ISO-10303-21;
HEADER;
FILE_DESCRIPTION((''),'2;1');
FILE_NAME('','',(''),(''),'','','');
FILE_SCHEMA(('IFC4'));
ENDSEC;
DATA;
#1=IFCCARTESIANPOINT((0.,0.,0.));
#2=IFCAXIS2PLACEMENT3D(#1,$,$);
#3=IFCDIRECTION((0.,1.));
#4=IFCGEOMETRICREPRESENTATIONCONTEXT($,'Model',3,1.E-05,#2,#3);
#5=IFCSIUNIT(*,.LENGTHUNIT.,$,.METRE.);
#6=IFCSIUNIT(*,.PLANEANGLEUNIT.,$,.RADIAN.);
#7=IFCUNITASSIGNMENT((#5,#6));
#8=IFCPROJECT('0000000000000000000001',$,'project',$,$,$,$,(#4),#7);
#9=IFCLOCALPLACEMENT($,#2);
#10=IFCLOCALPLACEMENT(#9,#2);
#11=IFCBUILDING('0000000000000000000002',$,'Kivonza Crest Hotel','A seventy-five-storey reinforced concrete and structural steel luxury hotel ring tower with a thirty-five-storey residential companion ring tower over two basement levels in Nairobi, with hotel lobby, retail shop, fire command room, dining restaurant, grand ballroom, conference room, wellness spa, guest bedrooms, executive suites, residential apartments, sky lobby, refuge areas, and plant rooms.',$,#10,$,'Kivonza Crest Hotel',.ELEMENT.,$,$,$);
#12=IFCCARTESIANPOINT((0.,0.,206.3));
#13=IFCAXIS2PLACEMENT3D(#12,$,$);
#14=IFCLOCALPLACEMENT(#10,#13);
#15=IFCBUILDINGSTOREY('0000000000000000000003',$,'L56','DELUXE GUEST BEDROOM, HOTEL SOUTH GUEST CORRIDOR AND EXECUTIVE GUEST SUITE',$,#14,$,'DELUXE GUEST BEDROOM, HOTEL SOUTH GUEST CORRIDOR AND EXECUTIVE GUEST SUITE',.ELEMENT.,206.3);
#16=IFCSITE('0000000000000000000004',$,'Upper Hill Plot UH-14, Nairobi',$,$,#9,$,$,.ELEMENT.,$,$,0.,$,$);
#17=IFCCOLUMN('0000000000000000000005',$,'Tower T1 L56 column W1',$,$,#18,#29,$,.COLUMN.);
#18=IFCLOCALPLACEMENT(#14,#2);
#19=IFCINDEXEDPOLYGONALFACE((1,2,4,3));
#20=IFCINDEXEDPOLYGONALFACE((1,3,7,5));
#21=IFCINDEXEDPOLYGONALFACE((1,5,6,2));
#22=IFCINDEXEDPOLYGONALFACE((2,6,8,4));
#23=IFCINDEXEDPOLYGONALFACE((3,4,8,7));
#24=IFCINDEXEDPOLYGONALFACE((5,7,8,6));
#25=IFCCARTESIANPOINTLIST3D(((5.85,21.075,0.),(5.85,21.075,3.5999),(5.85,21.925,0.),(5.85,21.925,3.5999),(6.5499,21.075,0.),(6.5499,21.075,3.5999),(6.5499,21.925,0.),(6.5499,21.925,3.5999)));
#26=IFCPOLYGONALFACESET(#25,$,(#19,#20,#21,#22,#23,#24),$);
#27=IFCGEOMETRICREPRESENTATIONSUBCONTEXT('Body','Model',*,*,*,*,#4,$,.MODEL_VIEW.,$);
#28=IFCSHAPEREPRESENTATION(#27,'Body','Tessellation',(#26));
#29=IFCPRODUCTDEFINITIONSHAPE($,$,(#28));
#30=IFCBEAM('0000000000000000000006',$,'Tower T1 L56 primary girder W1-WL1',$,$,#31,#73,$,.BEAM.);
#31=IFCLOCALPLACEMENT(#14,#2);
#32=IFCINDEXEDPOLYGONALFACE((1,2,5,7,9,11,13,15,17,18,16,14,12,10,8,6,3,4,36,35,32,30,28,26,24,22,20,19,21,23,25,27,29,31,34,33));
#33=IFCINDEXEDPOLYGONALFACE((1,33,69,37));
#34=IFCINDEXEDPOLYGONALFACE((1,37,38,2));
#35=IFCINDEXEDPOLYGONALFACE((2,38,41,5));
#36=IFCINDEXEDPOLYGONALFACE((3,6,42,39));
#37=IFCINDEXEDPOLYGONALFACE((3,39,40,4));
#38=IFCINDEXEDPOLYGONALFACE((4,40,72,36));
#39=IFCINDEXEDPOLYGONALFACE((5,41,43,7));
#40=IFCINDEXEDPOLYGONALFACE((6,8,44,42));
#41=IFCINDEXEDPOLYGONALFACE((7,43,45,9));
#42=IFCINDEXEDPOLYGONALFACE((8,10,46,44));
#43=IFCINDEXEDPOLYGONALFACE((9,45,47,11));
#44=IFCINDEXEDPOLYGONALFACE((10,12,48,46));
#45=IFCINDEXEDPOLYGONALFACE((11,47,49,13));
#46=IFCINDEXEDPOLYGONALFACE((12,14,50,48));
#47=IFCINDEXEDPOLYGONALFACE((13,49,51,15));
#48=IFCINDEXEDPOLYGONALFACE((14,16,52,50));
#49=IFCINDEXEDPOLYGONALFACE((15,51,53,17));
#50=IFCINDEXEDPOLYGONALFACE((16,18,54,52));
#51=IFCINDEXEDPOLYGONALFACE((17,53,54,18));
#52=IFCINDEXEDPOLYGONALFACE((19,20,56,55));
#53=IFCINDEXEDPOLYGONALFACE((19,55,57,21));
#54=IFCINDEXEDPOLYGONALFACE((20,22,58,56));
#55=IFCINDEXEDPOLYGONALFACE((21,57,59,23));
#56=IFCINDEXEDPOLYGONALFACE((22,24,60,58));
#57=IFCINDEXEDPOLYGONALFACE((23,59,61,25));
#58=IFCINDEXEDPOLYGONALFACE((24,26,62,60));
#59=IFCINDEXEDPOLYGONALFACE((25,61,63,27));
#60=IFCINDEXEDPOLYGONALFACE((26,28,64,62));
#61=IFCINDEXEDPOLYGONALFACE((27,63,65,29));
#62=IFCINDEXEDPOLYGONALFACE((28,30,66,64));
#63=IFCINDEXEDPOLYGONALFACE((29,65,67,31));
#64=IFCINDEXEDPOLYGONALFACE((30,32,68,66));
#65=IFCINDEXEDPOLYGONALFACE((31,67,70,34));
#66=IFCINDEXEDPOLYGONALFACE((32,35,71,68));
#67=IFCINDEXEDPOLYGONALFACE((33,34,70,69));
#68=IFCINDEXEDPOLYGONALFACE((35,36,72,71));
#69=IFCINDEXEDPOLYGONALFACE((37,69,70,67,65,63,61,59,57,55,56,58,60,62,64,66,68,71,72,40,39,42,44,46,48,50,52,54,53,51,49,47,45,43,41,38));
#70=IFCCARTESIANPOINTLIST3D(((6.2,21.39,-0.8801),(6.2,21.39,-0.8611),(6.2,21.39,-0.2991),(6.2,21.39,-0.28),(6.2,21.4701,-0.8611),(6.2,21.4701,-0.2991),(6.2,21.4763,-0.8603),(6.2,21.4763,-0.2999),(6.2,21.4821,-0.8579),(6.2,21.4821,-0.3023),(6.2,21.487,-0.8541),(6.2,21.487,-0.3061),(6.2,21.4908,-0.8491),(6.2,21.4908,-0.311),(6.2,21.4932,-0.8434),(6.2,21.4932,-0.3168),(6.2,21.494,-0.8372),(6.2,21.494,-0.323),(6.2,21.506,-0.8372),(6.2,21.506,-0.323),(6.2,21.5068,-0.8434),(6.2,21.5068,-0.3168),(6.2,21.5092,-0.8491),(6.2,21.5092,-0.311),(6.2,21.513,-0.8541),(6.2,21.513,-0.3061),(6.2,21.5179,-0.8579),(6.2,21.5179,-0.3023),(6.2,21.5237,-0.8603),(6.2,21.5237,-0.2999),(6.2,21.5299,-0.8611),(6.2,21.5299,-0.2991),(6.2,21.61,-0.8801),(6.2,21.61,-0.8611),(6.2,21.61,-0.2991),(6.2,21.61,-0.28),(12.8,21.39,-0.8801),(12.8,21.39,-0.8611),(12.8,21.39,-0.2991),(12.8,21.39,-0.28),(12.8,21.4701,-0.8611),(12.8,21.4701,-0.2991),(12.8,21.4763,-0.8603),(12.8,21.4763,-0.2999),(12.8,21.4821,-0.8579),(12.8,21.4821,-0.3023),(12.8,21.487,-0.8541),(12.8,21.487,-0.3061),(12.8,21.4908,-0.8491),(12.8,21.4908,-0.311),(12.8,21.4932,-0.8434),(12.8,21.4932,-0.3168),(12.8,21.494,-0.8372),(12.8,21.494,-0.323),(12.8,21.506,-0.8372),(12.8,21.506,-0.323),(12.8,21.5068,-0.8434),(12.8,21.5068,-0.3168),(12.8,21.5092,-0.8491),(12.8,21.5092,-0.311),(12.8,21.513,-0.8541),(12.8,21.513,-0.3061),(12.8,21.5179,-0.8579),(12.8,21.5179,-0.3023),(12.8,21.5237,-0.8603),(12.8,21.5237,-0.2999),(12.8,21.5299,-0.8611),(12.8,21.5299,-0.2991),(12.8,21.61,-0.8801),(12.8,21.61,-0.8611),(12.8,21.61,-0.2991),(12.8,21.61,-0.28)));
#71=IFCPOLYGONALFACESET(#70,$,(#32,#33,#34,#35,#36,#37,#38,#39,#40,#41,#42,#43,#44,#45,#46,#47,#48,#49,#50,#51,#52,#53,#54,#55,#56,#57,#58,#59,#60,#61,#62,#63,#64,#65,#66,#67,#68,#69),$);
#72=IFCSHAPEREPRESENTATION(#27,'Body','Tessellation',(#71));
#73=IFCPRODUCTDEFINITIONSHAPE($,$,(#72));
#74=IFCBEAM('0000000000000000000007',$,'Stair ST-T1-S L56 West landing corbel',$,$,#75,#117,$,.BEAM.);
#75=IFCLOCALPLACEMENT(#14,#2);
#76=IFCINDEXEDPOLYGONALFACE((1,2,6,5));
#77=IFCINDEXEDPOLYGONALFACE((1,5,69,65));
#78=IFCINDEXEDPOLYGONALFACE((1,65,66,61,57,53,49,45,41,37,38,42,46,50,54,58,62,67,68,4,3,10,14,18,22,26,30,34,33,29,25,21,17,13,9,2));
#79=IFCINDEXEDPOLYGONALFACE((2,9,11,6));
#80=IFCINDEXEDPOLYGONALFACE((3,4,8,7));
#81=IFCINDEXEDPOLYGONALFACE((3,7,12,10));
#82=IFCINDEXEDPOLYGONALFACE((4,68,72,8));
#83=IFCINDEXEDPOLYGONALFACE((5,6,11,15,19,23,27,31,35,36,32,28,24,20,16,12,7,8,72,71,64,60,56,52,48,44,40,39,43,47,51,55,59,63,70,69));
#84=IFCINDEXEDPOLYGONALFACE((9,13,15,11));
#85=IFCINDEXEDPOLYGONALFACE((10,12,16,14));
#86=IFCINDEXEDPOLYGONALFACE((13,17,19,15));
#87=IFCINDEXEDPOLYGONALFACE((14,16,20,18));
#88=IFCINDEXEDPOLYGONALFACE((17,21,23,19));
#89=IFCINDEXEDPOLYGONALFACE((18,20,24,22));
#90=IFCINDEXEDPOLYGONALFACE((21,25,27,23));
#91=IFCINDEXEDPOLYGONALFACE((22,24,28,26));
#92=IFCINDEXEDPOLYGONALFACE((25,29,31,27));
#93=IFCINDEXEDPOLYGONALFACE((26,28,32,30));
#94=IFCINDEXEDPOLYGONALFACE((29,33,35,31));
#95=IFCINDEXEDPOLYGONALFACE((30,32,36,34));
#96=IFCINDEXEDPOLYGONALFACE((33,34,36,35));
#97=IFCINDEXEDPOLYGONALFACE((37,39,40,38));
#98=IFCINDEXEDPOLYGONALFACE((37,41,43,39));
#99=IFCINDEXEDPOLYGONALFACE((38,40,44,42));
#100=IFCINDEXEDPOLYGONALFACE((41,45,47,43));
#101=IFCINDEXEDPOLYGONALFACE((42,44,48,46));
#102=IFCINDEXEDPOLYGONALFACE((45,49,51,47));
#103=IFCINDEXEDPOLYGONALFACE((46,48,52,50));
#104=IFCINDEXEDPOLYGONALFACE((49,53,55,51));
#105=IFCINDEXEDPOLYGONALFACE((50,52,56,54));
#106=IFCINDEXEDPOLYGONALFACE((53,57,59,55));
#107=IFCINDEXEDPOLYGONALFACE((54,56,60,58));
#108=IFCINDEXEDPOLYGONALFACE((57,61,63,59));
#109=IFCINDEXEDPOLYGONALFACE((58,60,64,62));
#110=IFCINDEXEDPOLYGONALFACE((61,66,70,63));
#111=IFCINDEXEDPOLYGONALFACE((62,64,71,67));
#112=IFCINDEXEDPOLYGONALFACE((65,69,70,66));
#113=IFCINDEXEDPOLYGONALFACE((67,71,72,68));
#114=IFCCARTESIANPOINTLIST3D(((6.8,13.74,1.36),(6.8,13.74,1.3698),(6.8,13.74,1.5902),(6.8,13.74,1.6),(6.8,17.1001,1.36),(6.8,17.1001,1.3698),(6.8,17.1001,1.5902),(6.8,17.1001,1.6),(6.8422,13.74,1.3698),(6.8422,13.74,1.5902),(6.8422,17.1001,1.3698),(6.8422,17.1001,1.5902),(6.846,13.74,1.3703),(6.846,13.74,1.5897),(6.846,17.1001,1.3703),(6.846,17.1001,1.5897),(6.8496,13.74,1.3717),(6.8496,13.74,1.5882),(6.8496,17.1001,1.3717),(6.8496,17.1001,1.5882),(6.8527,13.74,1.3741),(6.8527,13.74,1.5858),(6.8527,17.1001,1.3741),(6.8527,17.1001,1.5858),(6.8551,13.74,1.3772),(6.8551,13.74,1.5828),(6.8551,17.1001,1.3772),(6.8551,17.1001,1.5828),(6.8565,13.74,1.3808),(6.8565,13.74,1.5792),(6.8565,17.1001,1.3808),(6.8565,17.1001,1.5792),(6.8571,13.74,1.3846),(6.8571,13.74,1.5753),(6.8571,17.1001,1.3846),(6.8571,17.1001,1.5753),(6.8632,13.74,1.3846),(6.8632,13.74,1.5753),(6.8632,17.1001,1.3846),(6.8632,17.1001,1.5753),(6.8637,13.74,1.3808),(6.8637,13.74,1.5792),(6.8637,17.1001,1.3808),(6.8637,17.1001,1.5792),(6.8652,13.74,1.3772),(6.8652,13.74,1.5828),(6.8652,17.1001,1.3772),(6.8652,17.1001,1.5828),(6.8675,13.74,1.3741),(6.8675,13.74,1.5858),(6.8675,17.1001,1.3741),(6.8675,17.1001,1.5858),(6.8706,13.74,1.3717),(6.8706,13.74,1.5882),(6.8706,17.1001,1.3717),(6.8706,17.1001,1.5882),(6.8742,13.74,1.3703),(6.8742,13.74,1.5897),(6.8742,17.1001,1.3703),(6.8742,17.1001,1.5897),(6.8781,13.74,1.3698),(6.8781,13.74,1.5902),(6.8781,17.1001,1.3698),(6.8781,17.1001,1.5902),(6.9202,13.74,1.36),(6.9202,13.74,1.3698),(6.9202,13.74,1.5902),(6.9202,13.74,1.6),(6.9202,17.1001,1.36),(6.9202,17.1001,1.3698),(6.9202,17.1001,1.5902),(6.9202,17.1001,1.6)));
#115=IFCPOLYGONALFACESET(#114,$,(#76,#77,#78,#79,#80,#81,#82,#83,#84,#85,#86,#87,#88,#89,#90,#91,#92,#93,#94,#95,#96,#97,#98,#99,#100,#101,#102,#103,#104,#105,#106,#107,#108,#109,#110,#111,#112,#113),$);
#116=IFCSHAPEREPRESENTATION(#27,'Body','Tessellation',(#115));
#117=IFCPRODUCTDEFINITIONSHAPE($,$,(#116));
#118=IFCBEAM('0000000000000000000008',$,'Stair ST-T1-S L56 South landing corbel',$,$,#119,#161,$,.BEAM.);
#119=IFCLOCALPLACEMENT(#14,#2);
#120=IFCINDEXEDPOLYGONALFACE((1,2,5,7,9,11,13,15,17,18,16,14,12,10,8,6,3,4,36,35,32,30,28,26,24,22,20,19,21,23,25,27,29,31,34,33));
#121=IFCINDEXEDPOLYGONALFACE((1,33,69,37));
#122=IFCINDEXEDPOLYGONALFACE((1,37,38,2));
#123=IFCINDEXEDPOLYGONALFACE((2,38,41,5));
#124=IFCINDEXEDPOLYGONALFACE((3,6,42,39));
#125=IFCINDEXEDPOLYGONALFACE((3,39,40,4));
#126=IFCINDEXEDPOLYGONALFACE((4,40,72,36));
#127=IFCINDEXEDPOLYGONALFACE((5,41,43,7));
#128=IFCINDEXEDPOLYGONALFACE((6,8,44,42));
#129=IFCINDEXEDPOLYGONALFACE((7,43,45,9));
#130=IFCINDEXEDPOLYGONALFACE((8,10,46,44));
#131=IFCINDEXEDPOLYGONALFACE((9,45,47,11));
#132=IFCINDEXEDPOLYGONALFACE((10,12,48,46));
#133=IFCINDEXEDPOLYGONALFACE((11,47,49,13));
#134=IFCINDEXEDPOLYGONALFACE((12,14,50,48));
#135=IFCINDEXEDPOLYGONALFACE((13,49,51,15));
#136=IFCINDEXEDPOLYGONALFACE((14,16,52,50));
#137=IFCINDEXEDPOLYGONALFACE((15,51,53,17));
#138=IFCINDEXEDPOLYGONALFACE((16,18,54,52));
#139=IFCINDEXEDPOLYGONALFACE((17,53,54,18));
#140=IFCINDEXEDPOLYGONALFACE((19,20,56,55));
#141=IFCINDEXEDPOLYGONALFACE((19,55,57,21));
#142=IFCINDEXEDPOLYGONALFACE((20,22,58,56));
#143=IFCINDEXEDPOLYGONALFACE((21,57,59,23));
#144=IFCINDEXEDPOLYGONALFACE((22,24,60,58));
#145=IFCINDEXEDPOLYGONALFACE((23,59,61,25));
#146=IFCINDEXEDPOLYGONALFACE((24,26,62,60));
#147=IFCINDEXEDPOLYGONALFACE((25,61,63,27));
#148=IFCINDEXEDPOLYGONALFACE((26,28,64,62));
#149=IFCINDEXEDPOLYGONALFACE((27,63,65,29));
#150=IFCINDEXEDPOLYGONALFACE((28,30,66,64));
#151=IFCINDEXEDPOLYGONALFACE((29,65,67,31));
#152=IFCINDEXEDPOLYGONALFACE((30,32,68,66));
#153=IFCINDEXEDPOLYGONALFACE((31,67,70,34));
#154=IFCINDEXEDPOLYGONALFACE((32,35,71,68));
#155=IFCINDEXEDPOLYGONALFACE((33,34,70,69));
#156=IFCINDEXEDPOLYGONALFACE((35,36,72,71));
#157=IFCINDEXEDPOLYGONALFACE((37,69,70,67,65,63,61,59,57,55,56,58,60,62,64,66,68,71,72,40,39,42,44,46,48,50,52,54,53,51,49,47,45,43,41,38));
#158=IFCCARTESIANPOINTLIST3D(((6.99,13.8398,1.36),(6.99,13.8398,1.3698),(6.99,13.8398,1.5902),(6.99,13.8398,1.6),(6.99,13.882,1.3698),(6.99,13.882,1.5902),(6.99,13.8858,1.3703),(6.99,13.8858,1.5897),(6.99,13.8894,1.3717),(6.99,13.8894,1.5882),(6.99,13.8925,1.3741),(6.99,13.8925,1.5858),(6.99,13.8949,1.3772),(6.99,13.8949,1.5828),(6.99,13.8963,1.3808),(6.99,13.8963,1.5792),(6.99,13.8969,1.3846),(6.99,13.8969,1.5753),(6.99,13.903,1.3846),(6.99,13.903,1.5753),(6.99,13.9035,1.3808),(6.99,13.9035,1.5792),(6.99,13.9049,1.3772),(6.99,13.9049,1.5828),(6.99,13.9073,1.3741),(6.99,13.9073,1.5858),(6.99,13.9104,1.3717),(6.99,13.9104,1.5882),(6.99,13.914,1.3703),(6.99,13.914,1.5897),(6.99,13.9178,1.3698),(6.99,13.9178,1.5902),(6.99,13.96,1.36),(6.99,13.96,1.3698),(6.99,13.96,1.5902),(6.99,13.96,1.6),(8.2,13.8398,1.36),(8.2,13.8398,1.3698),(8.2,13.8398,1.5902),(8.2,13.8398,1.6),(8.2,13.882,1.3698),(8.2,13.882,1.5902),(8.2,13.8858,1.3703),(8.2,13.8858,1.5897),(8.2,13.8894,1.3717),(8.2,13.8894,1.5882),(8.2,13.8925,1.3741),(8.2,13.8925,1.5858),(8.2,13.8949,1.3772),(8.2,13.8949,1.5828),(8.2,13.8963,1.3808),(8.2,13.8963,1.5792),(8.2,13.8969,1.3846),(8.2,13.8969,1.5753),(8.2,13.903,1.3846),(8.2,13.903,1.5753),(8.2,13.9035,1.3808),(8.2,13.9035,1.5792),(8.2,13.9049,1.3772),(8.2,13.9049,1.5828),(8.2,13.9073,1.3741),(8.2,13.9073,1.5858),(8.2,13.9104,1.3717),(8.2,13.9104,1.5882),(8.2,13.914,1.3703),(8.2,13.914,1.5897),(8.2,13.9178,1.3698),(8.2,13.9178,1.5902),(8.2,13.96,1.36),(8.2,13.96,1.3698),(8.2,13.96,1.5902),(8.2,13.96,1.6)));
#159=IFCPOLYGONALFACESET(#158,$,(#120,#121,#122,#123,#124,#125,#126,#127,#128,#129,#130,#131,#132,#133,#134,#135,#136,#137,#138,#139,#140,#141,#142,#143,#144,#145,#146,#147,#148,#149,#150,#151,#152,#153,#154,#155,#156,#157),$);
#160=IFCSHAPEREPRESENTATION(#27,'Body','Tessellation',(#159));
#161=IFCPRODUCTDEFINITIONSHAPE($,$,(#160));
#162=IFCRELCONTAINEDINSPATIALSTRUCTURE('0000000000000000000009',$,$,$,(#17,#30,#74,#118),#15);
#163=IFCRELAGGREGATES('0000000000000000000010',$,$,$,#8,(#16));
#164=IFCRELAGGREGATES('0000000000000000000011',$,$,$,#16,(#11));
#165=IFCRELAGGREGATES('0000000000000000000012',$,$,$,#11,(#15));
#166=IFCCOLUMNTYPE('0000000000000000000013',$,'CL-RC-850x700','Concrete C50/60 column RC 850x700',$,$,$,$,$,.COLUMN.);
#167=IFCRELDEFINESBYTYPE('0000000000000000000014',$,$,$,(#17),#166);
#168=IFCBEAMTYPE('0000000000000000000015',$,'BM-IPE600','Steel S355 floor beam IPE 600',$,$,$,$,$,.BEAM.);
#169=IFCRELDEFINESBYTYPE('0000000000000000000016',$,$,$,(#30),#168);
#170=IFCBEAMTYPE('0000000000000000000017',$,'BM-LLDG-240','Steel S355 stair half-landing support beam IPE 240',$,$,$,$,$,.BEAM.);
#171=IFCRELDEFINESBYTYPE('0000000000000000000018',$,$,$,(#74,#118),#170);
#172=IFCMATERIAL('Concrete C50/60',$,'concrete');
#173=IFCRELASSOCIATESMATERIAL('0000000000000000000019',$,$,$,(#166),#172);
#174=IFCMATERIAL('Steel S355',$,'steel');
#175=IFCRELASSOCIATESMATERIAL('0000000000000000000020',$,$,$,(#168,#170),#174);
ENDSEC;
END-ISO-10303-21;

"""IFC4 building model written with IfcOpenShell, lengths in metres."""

from ifc_helpers import new_model, si_unit, direction, frame, origin, origin_2d, place, context, subcontext, project, spatial, rectangle, i_section, extrude, material, material_profile, profile_set, type_object, element, save


model = new_model("IFC4")

# Units and contexts
model_context = context("Model", 3, precision=1e-05, world=origin(), true_north=direction((0.0, 1.0)))
body_context = subcontext(model_context, "Body", "Model", "MODEL_VIEW")
ifc_project = project(units=[si_unit("LENGTHUNIT", "METRE"), si_unit("PLANEANGLEUNIT", "RADIAN")], contexts=[model_context])

# Site, building, storey
site_placement = place(None, origin())
site = spatial("IfcSite", under=ifc_project, at=site_placement, Name="Upper Hill Plot UH-14, Nairobi", CompositionType="ELEMENT", RefElevation=0.0)
building_placement = place(site_placement, origin())
building = spatial("IfcBuilding", under=site, at=building_placement, Name="Kivonza Crest Hotel", Description="A seventy-five-storey reinforced concrete and structural steel luxury hotel ring tower with a thirty-five-storey residential companion ring tower over two basement levels in Nairobi, with hotel lobby, retail shop, fire command room, dining restaurant, grand ballroom, conference room, wellness spa, guest bedrooms, executive suites, residential apartments, sky lobby, refuge areas, and plant rooms.", LongName="Kivonza Crest Hotel", CompositionType="ELEMENT")
storey_placement = place(building_placement, frame((0.0, 0.0, 206.3)))
storey = spatial("IfcBuildingStorey", under=building, at=storey_placement, Name="L56", Description="DELUXE GUEST BEDROOM, HOTEL SOUTH GUEST CORRIDOR AND EXECUTIVE GUEST SUITE", LongName="DELUXE GUEST BEDROOM, HOTEL SOUTH GUEST CORRIDOR AND EXECUTIVE GUEST SUITE", CompositionType="ELEMENT", Elevation=206.3)

# Column
ifc_material_1 = material(Name="Concrete C50/60", Category="concrete")
ifc_material_profile_1 = material_profile(ifc_material_1, rectangle(XDim=0.7, YDim=0.8501, at=origin_2d()), Name="RC 850x700")
ifc_profile_set_1 = profile_set([ifc_material_profile_1], Name="Concrete C50/60")
column_type = type_object("IfcColumnType", Name="CL-RC-850x700", Description="Concrete C50/60 column RC 850x700", PredefinedType="COLUMN", material=ifc_profile_set_1)
column_placement = place(storey_placement, frame((6.2, 21.5, 0.0), z_axis=(0.0, 0.0, 1.0), x_axis=(1.0, 0.0, 0.0)))
element("IfcColumn", 1, at=column_placement, inside=storey, type_object=column_type, Name="Tower T1 L56 column W1", PredefinedType="COLUMN", context=body_context, shape_type="SweptSolid", body=[
    extrude(rectangle(XDim=0.7, YDim=0.8501, at=origin_2d()), origin(), (0.0, 0.0, 1.0), 3.5999),
])

# Beams
ifc_material_2 = material(Name="Steel S355", Category="steel")
ifc_material_profile_2 = material_profile(ifc_material_2, i_section(OverallWidth=0.22, OverallDepth=0.6001, WebThickness=0.012, FlangeThickness=0.019, FilletRadius=0.0239, at=origin_2d()), Name="IPE 600")
ifc_profile_set_2 = profile_set([ifc_material_profile_2], Name="Steel S355")
beam_type_1 = type_object("IfcBeamType", Name="BM-IPE600", Description="Steel S355 floor beam IPE 600", PredefinedType="BEAM", material=ifc_profile_set_2)
beam_1_placement = place(storey_placement, frame((6.2, 21.5, -0.5801), z_axis=(1.0, 0.0, 0.0), x_axis=(0.0, 1.0, 0.0)))
element("IfcBeam", 2, at=beam_1_placement, inside=storey, type_object=beam_type_1, Name="Tower T1 L56 primary girder W1-WL1", PredefinedType="BEAM", context=body_context, shape_type="SweptSolid", body=[
    extrude(i_section(OverallWidth=0.22, OverallDepth=0.6001, WebThickness=0.012, FlangeThickness=0.019, FilletRadius=0.0239, at=origin_2d()), origin(), (0.0, 0.0, 1.0), 6.6001),
])
ifc_material_profile_3 = material_profile(ifc_material_2, i_section(OverallWidth=0.1201, OverallDepth=0.24, WebThickness=0.0061, FlangeThickness=0.0098, FilletRadius=0.0149, at=origin_2d()), Name="IPE 240")
ifc_profile_set_3 = profile_set([ifc_material_profile_3], Name="Steel S355")
beam_type_2 = type_object("IfcBeamType", Name="BM-LLDG-240", Description="Steel S355 stair half-landing support beam IPE 240", PredefinedType="BEAM", material=ifc_profile_set_3)
beam_2_placement = place(storey_placement, frame((6.8601, 13.74, 1.48), z_axis=(0.0, 1.0, 0.0), x_axis=(-1.0, 0.0, 0.0)))
element("IfcBeam", 3, at=beam_2_placement, inside=storey, type_object=beam_type_2, Name="Stair ST-T1-S L56 West landing corbel", PredefinedType="BEAM", context=body_context, shape_type="SweptSolid", body=[
    extrude(i_section(OverallWidth=0.1201, OverallDepth=0.24, WebThickness=0.0061, FlangeThickness=0.0098, FilletRadius=0.0149, at=origin_2d()), origin(), (0.0, 0.0, 1.0), 3.3601),
])
for number, where, z_axis, x_axis, name in (
    (4, (6.99, 13.8999, 1.48), (1.0, 0.0, 0.0), (0.0, 1.0, 0.0), "Stair ST-T1-S L56 South landing corbel"),
):
    element("IfcBeam", number, at=place(storey_placement, frame(where, z_axis=z_axis, x_axis=x_axis)), inside=storey, type_object=beam_type_2, Name=name, PredefinedType="BEAM", context=body_context, shape_type="SweptSolid", body=[
        extrude(i_section(OverallWidth=0.1201, OverallDepth=0.24, WebThickness=0.0061, FlangeThickness=0.0098, FilletRadius=0.0149, at=origin_2d()), origin(), (0.0, 0.0, 1.0), 1.21),
    ])

save(model, "model.ifc")
